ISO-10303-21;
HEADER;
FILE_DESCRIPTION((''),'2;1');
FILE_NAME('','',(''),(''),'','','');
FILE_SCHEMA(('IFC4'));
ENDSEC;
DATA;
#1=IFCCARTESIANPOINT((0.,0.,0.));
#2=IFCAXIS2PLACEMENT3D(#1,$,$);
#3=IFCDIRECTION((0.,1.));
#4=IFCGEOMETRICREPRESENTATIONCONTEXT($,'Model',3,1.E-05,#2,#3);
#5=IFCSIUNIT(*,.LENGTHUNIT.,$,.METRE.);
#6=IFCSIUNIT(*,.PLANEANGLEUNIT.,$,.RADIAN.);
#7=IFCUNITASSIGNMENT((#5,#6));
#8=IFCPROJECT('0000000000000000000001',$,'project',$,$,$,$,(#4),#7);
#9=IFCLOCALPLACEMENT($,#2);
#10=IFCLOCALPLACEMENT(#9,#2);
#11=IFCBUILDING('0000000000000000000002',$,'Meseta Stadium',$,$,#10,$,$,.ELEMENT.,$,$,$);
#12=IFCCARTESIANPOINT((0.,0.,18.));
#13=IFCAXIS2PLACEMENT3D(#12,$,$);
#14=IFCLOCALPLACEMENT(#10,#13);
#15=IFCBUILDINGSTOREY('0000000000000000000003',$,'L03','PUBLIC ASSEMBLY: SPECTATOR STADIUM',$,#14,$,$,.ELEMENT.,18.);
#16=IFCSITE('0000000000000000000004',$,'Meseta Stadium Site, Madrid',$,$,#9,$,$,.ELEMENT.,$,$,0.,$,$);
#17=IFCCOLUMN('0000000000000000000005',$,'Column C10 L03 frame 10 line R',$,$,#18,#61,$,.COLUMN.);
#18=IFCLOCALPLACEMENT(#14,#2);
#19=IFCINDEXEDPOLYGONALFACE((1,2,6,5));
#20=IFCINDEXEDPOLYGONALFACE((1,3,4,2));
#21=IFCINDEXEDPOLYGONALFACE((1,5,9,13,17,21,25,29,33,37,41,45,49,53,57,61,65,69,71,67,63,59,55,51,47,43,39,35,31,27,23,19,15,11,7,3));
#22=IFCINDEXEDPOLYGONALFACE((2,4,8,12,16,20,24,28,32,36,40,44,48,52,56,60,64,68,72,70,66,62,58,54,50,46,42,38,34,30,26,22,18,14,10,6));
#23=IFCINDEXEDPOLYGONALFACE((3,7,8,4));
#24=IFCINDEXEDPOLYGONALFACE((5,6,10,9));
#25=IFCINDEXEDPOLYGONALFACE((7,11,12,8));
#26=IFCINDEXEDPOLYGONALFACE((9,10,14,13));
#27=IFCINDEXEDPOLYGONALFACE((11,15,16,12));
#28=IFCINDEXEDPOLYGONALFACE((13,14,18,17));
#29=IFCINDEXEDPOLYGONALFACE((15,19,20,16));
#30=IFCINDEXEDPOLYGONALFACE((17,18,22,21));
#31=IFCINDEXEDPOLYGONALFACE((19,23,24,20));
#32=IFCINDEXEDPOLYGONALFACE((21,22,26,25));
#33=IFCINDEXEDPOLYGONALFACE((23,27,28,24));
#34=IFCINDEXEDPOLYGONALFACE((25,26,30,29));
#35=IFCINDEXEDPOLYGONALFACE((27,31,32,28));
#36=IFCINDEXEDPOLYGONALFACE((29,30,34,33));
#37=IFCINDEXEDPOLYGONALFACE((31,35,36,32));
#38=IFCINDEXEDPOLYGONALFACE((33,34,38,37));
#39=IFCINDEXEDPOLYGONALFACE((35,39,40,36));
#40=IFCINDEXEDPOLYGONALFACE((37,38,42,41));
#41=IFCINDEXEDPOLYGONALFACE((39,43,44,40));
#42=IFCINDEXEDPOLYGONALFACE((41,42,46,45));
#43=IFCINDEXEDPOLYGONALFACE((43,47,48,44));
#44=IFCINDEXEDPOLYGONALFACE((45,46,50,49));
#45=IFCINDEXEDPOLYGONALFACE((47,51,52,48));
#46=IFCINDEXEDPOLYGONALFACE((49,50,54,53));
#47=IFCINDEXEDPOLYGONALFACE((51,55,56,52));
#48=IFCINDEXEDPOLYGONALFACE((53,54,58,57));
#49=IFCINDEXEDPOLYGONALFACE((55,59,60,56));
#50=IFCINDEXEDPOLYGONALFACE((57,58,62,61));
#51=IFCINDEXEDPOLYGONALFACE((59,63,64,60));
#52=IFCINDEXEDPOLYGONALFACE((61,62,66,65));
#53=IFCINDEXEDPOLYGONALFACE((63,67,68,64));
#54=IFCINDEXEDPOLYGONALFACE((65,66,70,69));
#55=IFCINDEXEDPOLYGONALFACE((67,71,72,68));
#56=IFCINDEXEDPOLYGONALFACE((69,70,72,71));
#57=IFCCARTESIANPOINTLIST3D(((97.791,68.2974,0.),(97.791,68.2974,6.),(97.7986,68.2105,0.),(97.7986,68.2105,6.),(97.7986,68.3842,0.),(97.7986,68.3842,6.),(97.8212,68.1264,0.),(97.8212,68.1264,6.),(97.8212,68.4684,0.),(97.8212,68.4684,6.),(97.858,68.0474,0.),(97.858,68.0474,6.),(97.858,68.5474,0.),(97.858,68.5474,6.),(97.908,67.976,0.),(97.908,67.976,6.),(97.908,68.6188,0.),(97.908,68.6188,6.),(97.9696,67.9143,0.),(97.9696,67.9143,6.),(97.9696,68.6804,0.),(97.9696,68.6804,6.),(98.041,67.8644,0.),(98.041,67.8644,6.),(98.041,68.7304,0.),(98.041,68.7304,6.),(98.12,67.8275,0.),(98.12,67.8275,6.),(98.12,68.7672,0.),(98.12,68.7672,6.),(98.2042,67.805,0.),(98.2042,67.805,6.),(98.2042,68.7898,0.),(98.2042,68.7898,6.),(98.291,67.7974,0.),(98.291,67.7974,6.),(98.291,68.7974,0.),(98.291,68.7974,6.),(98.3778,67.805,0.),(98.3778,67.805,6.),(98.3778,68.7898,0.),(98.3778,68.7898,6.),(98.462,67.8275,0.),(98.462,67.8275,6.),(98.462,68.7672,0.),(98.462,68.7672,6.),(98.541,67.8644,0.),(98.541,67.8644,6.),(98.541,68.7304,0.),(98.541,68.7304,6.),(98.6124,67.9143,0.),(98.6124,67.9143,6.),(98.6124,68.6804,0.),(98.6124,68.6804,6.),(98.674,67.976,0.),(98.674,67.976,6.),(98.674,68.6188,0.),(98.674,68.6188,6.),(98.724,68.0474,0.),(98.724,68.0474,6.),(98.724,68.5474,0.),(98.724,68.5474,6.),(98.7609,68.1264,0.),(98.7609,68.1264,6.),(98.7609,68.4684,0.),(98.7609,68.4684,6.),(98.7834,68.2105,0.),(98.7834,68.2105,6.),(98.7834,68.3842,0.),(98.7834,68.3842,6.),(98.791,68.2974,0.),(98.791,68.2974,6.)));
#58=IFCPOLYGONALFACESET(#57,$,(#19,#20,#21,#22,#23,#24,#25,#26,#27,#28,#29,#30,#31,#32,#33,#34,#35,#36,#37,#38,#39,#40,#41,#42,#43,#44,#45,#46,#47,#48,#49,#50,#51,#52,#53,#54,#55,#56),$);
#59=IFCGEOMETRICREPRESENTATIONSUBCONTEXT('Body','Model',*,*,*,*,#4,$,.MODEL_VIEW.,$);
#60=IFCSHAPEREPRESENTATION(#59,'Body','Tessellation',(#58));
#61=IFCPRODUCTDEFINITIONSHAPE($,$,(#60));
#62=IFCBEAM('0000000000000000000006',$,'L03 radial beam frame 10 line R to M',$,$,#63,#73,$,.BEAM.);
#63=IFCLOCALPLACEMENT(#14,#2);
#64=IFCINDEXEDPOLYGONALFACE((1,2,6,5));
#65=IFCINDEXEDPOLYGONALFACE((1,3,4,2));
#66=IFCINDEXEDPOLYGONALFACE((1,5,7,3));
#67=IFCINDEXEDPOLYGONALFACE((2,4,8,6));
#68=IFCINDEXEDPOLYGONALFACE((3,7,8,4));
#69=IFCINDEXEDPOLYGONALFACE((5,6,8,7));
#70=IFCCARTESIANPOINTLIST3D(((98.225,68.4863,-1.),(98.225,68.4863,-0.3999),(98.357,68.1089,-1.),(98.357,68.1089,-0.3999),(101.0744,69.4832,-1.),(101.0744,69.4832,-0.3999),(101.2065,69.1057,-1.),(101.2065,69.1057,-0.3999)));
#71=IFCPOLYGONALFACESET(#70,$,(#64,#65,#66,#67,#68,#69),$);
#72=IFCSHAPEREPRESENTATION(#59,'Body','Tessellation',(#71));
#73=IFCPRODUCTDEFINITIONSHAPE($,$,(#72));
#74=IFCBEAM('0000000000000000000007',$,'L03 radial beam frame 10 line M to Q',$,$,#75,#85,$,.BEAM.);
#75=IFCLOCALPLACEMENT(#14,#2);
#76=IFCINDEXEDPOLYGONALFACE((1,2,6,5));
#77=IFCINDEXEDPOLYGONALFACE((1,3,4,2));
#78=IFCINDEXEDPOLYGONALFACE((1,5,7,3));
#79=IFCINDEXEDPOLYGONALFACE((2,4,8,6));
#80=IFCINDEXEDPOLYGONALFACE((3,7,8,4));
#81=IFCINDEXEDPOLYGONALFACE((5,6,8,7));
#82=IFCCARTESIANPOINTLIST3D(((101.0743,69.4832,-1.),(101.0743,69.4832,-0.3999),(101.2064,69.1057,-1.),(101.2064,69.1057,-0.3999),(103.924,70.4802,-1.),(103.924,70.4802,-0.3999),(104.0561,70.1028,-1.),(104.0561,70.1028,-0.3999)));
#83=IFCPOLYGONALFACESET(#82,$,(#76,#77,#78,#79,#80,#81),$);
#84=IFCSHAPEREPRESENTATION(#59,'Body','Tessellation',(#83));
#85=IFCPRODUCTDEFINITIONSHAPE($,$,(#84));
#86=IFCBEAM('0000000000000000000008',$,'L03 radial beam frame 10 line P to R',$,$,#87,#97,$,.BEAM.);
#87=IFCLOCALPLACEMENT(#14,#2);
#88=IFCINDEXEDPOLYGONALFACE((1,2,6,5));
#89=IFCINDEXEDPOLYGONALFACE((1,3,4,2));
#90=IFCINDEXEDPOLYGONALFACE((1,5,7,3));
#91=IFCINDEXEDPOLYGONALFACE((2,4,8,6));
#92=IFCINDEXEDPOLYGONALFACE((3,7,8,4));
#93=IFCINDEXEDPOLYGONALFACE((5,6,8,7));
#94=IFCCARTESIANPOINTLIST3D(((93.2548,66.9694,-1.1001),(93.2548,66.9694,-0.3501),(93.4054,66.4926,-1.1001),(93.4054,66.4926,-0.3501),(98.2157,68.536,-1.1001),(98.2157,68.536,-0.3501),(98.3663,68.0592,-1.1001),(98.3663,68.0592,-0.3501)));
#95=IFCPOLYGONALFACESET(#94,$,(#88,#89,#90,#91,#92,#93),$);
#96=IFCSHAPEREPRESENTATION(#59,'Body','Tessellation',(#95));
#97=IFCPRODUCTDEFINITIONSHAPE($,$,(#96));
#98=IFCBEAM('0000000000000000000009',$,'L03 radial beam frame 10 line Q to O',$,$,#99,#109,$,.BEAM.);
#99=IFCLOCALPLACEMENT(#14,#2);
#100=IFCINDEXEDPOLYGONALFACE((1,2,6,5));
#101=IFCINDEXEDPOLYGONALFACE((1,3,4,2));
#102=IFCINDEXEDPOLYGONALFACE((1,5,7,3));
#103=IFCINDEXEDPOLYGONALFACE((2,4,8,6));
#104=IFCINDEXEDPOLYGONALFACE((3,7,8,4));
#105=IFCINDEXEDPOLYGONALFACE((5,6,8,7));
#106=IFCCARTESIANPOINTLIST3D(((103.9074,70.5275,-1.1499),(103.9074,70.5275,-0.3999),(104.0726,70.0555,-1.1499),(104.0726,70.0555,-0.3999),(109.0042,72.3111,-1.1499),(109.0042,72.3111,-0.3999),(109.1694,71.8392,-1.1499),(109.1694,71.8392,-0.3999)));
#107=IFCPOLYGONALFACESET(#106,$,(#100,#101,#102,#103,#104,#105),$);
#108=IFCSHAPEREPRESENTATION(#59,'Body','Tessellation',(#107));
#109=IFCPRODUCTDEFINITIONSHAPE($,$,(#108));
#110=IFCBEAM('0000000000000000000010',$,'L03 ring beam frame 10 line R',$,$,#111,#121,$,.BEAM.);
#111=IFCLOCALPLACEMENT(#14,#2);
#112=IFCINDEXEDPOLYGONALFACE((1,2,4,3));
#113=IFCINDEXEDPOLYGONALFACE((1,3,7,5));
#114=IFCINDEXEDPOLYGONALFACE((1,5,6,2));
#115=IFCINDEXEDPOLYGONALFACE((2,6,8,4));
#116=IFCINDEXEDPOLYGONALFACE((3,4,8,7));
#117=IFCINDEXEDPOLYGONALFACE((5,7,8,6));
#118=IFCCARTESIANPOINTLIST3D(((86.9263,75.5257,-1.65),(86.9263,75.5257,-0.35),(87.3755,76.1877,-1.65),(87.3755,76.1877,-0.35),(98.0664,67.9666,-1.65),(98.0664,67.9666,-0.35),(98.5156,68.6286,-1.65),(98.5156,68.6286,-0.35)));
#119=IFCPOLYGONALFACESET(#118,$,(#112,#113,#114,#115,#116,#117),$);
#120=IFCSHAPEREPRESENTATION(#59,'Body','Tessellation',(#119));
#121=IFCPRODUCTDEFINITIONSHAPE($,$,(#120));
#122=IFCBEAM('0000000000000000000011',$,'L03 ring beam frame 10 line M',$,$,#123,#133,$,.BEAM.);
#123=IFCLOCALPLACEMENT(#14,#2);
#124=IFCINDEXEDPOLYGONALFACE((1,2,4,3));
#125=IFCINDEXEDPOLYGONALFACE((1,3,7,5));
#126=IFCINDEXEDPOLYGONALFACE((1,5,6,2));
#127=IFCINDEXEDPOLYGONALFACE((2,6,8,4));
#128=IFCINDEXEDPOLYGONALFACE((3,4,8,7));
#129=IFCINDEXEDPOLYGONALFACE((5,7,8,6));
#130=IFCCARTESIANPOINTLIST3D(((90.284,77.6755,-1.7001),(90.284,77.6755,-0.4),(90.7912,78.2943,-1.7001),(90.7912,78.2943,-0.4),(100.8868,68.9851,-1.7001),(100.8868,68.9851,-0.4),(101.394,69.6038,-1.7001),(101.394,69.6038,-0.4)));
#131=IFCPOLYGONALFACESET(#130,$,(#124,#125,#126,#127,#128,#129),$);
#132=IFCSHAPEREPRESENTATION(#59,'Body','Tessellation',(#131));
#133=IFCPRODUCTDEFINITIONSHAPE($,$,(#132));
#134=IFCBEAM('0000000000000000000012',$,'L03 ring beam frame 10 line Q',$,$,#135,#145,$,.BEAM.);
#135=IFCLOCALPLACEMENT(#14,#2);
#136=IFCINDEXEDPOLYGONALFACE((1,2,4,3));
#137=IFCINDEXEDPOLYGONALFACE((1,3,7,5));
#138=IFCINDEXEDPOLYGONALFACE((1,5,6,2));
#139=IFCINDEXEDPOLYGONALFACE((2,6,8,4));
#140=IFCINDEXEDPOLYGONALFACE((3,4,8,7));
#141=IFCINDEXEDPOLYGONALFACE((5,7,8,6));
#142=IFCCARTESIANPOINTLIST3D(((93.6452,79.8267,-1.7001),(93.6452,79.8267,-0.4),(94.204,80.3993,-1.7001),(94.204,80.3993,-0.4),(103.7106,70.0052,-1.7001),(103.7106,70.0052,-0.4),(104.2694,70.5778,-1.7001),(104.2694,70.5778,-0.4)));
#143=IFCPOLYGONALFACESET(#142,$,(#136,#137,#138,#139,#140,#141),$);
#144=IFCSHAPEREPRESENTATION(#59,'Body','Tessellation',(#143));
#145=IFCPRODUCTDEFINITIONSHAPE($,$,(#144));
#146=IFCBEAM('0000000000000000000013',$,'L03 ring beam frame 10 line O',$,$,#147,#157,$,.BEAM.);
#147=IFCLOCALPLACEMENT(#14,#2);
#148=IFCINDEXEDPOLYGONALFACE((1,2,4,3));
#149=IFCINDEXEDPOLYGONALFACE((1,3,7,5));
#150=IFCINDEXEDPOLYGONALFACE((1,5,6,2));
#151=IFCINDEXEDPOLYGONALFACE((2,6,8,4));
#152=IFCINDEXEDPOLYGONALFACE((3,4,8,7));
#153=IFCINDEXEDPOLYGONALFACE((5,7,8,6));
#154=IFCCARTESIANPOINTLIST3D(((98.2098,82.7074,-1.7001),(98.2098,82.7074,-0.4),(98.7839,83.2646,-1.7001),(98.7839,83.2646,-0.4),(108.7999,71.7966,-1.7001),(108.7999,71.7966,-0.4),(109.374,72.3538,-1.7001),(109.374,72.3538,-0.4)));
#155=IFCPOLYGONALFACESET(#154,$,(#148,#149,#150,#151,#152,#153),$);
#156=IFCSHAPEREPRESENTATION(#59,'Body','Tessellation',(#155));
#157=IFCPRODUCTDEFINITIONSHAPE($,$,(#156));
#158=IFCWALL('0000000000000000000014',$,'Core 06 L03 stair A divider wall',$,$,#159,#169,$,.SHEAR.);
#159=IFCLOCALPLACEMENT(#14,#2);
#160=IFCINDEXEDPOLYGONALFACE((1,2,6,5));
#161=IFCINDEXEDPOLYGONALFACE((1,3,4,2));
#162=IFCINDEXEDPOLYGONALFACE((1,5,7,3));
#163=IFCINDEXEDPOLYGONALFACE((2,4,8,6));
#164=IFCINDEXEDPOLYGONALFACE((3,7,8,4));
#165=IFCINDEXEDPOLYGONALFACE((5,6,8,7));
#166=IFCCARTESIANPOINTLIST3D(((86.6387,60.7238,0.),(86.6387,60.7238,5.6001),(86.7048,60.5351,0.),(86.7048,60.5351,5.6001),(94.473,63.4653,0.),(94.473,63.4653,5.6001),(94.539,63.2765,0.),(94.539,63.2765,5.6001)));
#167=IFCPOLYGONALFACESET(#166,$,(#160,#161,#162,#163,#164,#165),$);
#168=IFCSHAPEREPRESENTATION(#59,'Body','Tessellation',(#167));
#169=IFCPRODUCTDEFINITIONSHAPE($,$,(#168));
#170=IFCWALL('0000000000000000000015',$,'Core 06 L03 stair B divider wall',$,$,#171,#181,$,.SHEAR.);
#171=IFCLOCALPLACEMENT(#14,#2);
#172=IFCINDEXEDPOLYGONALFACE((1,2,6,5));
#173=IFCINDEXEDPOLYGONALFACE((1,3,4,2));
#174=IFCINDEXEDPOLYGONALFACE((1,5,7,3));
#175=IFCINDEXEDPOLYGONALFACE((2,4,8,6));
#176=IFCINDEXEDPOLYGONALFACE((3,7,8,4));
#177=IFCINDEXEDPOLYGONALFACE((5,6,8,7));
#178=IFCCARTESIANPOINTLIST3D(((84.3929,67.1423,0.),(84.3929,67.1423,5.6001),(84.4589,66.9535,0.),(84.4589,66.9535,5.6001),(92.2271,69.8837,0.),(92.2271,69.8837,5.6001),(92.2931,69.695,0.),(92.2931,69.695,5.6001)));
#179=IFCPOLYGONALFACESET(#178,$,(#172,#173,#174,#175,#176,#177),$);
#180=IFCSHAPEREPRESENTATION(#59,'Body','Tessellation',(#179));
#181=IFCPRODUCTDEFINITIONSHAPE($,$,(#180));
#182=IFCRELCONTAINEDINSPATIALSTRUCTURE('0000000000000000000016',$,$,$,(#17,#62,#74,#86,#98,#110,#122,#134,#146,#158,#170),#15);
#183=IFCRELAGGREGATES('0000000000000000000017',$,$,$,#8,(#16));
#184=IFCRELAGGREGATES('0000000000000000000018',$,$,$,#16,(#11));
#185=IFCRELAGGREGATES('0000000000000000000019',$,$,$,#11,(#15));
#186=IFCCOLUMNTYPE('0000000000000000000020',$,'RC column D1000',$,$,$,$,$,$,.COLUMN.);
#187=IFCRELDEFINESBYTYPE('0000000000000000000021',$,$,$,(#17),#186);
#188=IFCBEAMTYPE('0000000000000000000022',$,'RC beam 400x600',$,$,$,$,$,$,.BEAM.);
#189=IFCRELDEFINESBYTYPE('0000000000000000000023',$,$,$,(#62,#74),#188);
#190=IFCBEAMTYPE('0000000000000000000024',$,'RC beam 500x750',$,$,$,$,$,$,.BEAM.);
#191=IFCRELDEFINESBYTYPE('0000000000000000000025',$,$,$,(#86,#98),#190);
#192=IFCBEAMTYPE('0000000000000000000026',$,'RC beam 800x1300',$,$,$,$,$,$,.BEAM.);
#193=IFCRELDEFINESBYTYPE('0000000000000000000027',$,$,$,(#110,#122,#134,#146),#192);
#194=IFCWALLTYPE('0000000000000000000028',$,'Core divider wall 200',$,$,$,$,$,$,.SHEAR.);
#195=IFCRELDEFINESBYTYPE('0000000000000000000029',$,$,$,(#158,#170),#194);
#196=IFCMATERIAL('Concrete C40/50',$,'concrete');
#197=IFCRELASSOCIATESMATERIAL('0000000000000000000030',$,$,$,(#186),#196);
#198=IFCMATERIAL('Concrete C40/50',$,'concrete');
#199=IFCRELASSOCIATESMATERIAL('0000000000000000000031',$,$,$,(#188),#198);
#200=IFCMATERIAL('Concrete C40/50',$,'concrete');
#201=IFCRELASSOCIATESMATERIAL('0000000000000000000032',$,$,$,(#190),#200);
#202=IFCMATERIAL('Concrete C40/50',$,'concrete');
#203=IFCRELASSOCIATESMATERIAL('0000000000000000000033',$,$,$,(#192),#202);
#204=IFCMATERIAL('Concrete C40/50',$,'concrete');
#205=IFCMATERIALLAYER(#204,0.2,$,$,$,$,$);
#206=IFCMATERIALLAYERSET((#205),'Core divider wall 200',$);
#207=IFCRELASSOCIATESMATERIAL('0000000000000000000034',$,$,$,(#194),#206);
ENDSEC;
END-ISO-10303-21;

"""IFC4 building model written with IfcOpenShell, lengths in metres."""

from ifc_helpers import new_model, si_unit, direction, frame, frame_2d, origin, origin_2d, place, context, subcontext, project, spatial, rectangle, circle, extrude, material, layer, layer_set, material_profile, profile_set, type_object, element, save


model = new_model("IFC4")

# Units and contexts
model_context = context("Model", 3, precision=1e-05, world=origin(), true_north=direction((0.0, 1.0)))
body_context = subcontext(model_context, "Body", "Model", "MODEL_VIEW")
ifc_project = project(units=[si_unit("LENGTHUNIT", "METRE"), si_unit("PLANEANGLEUNIT", "RADIAN")], contexts=[model_context])

# Site, building, storey
site_placement = place(None, origin())
site = spatial("IfcSite", under=ifc_project, at=site_placement, Name="Meseta Stadium Site, Madrid", CompositionType="ELEMENT", RefElevation=0.0)
building_placement = place(site_placement, origin())
building = spatial("IfcBuilding", under=site, at=building_placement, Name="Meseta Stadium", CompositionType="ELEMENT")
storey_placement = place(building_placement, frame((0.0, 0.0, 18.0)))
storey = spatial("IfcBuildingStorey", under=building, at=storey_placement, Name="L03", Description="PUBLIC ASSEMBLY: SPECTATOR STADIUM", CompositionType="ELEMENT", Elevation=18.0)

# Column
ifc_material_1 = material(Name="Concrete C40/50", Category="concrete")
ifc_material_profile_1 = material_profile(ifc_material_1, circle(Radius=0.5, at=origin_2d()), Name="RC D1000")
ifc_profile_set_1 = profile_set([ifc_material_profile_1], Name="Concrete C40/50")
column_type = type_object("IfcColumnType", Name="RC column D1000", PredefinedType="COLUMN", material=ifc_profile_set_1)
column_placement = place(storey_placement, frame((98.291, 68.2974, 0.0), z_axis=(0.0, 0.0, 1.0), x_axis=(1.0, 0.0, 0.0)))
element("IfcColumn", 1, at=column_placement, inside=storey, type_object=column_type, Name="Column C10 L03 frame 10 line R", PredefinedType="COLUMN", context=body_context, shape_type="SweptSolid", body=[
    extrude(circle(Radius=0.5, at=origin_2d()), origin(), (0.0, 0.0, 1.0), 6.0),
])

# Beams
ifc_material_2 = material(Name="Concrete C40/50", Category="concrete")
ifc_material_profile_2 = material_profile(ifc_material_2, rectangle(XDim=0.3999, YDim=0.6001, at=origin_2d()), Name="RC 400x600")
ifc_profile_set_2 = profile_set([ifc_material_profile_2], Name="Concrete C40/50")
beam_type_1 = type_object("IfcBeamType", Name="RC beam 400x600", PredefinedType="BEAM", material=ifc_profile_set_2)
beam_1_placement = place(storey_placement, frame((98.291, 68.2976, -0.7), z_axis=(0.943905, 0.330217, 0.0), x_axis=(-0.330217, 0.943905, 0.0)))
element("IfcBeam", 2, at=beam_1_placement, inside=storey, type_object=beam_type_1, Name="L03 radial beam frame 10 line R to M", PredefinedType="BEAM", context=body_context, shape_type="SweptSolid", body=[
    extrude(rectangle(XDim=0.3999, YDim=0.6001, at=origin_2d()), origin(), (0.0, 0.0, 1.0), 3.0188),
])
beam_2_placement = place(storey_placement, frame((101.1404, 69.2944, -0.7), z_axis=(0.943889, 0.330264, 0.0), x_axis=(-0.330264, 0.943889, 0.0)))
element("IfcBeam", 3, at=beam_2_placement, inside=storey, type_object=beam_type_1, Name="L03 radial beam frame 10 line M to Q", PredefinedType="BEAM", context=body_context, shape_type="SweptSolid", body=[
    extrude(rectangle(XDim=0.3999, YDim=0.6001, at=origin_2d()), origin(), (0.0, 0.0, 1.0), 3.019),
])
ifc_material_3 = material(Name="Concrete C40/50", Category="concrete")
ifc_material_profile_3 = material_profile(ifc_material_3, rectangle(XDim=0.5, YDim=0.75, at=origin_2d()), Name="RC 500x750")
ifc_profile_set_3 = profile_set([ifc_material_profile_3], Name="Concrete C40/50")
beam_type_2 = type_object("IfcBeamType", Name="RC beam 500x750", PredefinedType="BEAM", material=ifc_profile_set_3)
beam_3_placement = place(storey_placement, frame((93.3301, 66.731, -0.7251), z_axis=(0.953581, 0.301138, 0.0), x_axis=(-0.301138, 0.953581, 0.0)))
element("IfcBeam", 4, at=beam_3_placement, inside=storey, type_object=beam_type_2, Name="L03 radial beam frame 10 line P to R", PredefinedType="BEAM", context=body_context, shape_type="SweptSolid", body=[
    extrude(rectangle(XDim=0.5, YDim=0.75, at=origin_2d()), origin(), (0.0, 0.0, 1.0), 5.2024),
])
beam_4_placement = place(storey_placement, frame((103.99, 70.2915, -0.7749), z_axis=(0.943872, 0.330312, 0.0), x_axis=(-0.330312, 0.943872, 0.0)))
element("IfcBeam", 5, at=beam_4_placement, inside=storey, type_object=beam_type_2, Name="L03 radial beam frame 10 line Q to O", PredefinedType="BEAM", context=body_context, shape_type="SweptSolid", body=[
    extrude(rectangle(XDim=0.5, YDim=0.75, at=origin_2d()), origin(), (0.0, 0.0, 1.0), 5.3999),
])
ifc_material_4 = material(Name="Concrete C40/50", Category="concrete")
ifc_material_profile_4 = material_profile(ifc_material_4, rectangle(XDim=0.8, YDim=1.3, at=origin_2d()), Name="RC 800x1300")
ifc_profile_set_4 = profile_set([ifc_material_profile_4], Name="Concrete C40/50")
beam_type_3 = type_object("IfcBeamType", Name="RC beam 800x1300", PredefinedType="BEAM", material=ifc_profile_set_4)
beam_5_placement = place(storey_placement, frame((98.291, 68.2976, -1.0), z_axis=(-0.827486, 0.561486, 0.0), x_axis=(-0.561486, -0.827486, 0.0)))
element("IfcBeam", 6, at=beam_5_placement, inside=storey, type_object=beam_type_3, Name="L03 ring beam frame 10 line R", PredefinedType="BEAM", context=body_context, shape_type="SweptSolid", body=[
    extrude(rectangle(XDim=0.8, YDim=1.3, at=origin_2d()), origin(), (0.0, 0.0, 1.0), 13.4626),
])
beam_6_placement = place(storey_placement, frame((101.1404, 69.2944, -1.05), z_axis=(-0.773406, 0.633912, 0.0), x_axis=(-0.633912, -0.773406, 0.0)))
element("IfcBeam", 7, at=beam_6_placement, inside=storey, type_object=beam_type_3, Name="L03 ring beam frame 10 line M", PredefinedType="BEAM", context=body_context, shape_type="SweptSolid", body=[
    extrude(rectangle(XDim=0.8, YDim=1.3, at=origin_2d()), origin(), (0.0, 0.0, 1.0), 13.7092),
])
beam_7_placement = place(storey_placement, frame((103.99, 70.2915, -1.05), z_axis=(-0.715725, 0.698382, 0.0), x_axis=(-0.698382, -0.715725, 0.0)))
element("IfcBeam", 8, at=beam_7_placement, inside=storey, type_object=beam_type_3, Name="L03 ring beam frame 10 line Q", PredefinedType="BEAM", context=body_context, shape_type="SweptSolid", body=[
    extrude(rectangle(XDim=0.8, YDim=1.3, at=origin_2d()), origin(), (0.0, 0.0, 1.0), 14.0632),
])
beam_8_placement = place(storey_placement, frame((109.0869, 72.0752, -1.05), z_axis=(-0.696479, 0.717577, 0.0), x_axis=(-0.717577, -0.696479, 0.0)))
element("IfcBeam", 9, at=beam_8_placement, inside=storey, type_object=beam_type_3, Name="L03 ring beam frame 10 line O", PredefinedType="BEAM", context=body_context, shape_type="SweptSolid", body=[
    extrude(rectangle(XDim=0.8, YDim=1.3, at=origin_2d()), origin(), (0.0, 0.0, 1.0), 15.2051),
])

# Walls
ifc_material_5 = material(Name="Concrete C40/50", Category="concrete")
ifc_layer_1 = layer(ifc_material_5, 0.2)
ifc_layer_set_1 = layer_set([ifc_layer_1], Name="Core divider wall 200")
wall_type_1 = type_object("IfcWallType", Name="Core divider wall 200", PredefinedType="SHEAR", material=ifc_layer_set_1)
for number, where, z_axis, x_axis, name in (
    (10, (94.5059, 63.3708, 0.0), (0.0, 0.0, 1.0), (-0.943878, -0.330294, 0.0), "Core 06 L03 stair A divider wall"),
    (11, (92.26, 69.7893, 0.0), (0.0, 0.0, 1.0), (-0.943878, -0.330294, 0.0), "Core 06 L03 stair B divider wall"),
):
    element("IfcWall", number, at=place(storey_placement, frame(where, z_axis=z_axis, x_axis=x_axis)), inside=storey, type_object=wall_type_1, Name=name, PredefinedType="SHEAR", context=body_context, shape_type="SweptSolid", body=[
        extrude(rectangle(XDim=8.3, YDim=0.2, at=frame_2d((4.1499, 0.0))), origin(), (0.0, 0.0, 1.0), 5.6001),
    ])

save(model, "model.ifc")
